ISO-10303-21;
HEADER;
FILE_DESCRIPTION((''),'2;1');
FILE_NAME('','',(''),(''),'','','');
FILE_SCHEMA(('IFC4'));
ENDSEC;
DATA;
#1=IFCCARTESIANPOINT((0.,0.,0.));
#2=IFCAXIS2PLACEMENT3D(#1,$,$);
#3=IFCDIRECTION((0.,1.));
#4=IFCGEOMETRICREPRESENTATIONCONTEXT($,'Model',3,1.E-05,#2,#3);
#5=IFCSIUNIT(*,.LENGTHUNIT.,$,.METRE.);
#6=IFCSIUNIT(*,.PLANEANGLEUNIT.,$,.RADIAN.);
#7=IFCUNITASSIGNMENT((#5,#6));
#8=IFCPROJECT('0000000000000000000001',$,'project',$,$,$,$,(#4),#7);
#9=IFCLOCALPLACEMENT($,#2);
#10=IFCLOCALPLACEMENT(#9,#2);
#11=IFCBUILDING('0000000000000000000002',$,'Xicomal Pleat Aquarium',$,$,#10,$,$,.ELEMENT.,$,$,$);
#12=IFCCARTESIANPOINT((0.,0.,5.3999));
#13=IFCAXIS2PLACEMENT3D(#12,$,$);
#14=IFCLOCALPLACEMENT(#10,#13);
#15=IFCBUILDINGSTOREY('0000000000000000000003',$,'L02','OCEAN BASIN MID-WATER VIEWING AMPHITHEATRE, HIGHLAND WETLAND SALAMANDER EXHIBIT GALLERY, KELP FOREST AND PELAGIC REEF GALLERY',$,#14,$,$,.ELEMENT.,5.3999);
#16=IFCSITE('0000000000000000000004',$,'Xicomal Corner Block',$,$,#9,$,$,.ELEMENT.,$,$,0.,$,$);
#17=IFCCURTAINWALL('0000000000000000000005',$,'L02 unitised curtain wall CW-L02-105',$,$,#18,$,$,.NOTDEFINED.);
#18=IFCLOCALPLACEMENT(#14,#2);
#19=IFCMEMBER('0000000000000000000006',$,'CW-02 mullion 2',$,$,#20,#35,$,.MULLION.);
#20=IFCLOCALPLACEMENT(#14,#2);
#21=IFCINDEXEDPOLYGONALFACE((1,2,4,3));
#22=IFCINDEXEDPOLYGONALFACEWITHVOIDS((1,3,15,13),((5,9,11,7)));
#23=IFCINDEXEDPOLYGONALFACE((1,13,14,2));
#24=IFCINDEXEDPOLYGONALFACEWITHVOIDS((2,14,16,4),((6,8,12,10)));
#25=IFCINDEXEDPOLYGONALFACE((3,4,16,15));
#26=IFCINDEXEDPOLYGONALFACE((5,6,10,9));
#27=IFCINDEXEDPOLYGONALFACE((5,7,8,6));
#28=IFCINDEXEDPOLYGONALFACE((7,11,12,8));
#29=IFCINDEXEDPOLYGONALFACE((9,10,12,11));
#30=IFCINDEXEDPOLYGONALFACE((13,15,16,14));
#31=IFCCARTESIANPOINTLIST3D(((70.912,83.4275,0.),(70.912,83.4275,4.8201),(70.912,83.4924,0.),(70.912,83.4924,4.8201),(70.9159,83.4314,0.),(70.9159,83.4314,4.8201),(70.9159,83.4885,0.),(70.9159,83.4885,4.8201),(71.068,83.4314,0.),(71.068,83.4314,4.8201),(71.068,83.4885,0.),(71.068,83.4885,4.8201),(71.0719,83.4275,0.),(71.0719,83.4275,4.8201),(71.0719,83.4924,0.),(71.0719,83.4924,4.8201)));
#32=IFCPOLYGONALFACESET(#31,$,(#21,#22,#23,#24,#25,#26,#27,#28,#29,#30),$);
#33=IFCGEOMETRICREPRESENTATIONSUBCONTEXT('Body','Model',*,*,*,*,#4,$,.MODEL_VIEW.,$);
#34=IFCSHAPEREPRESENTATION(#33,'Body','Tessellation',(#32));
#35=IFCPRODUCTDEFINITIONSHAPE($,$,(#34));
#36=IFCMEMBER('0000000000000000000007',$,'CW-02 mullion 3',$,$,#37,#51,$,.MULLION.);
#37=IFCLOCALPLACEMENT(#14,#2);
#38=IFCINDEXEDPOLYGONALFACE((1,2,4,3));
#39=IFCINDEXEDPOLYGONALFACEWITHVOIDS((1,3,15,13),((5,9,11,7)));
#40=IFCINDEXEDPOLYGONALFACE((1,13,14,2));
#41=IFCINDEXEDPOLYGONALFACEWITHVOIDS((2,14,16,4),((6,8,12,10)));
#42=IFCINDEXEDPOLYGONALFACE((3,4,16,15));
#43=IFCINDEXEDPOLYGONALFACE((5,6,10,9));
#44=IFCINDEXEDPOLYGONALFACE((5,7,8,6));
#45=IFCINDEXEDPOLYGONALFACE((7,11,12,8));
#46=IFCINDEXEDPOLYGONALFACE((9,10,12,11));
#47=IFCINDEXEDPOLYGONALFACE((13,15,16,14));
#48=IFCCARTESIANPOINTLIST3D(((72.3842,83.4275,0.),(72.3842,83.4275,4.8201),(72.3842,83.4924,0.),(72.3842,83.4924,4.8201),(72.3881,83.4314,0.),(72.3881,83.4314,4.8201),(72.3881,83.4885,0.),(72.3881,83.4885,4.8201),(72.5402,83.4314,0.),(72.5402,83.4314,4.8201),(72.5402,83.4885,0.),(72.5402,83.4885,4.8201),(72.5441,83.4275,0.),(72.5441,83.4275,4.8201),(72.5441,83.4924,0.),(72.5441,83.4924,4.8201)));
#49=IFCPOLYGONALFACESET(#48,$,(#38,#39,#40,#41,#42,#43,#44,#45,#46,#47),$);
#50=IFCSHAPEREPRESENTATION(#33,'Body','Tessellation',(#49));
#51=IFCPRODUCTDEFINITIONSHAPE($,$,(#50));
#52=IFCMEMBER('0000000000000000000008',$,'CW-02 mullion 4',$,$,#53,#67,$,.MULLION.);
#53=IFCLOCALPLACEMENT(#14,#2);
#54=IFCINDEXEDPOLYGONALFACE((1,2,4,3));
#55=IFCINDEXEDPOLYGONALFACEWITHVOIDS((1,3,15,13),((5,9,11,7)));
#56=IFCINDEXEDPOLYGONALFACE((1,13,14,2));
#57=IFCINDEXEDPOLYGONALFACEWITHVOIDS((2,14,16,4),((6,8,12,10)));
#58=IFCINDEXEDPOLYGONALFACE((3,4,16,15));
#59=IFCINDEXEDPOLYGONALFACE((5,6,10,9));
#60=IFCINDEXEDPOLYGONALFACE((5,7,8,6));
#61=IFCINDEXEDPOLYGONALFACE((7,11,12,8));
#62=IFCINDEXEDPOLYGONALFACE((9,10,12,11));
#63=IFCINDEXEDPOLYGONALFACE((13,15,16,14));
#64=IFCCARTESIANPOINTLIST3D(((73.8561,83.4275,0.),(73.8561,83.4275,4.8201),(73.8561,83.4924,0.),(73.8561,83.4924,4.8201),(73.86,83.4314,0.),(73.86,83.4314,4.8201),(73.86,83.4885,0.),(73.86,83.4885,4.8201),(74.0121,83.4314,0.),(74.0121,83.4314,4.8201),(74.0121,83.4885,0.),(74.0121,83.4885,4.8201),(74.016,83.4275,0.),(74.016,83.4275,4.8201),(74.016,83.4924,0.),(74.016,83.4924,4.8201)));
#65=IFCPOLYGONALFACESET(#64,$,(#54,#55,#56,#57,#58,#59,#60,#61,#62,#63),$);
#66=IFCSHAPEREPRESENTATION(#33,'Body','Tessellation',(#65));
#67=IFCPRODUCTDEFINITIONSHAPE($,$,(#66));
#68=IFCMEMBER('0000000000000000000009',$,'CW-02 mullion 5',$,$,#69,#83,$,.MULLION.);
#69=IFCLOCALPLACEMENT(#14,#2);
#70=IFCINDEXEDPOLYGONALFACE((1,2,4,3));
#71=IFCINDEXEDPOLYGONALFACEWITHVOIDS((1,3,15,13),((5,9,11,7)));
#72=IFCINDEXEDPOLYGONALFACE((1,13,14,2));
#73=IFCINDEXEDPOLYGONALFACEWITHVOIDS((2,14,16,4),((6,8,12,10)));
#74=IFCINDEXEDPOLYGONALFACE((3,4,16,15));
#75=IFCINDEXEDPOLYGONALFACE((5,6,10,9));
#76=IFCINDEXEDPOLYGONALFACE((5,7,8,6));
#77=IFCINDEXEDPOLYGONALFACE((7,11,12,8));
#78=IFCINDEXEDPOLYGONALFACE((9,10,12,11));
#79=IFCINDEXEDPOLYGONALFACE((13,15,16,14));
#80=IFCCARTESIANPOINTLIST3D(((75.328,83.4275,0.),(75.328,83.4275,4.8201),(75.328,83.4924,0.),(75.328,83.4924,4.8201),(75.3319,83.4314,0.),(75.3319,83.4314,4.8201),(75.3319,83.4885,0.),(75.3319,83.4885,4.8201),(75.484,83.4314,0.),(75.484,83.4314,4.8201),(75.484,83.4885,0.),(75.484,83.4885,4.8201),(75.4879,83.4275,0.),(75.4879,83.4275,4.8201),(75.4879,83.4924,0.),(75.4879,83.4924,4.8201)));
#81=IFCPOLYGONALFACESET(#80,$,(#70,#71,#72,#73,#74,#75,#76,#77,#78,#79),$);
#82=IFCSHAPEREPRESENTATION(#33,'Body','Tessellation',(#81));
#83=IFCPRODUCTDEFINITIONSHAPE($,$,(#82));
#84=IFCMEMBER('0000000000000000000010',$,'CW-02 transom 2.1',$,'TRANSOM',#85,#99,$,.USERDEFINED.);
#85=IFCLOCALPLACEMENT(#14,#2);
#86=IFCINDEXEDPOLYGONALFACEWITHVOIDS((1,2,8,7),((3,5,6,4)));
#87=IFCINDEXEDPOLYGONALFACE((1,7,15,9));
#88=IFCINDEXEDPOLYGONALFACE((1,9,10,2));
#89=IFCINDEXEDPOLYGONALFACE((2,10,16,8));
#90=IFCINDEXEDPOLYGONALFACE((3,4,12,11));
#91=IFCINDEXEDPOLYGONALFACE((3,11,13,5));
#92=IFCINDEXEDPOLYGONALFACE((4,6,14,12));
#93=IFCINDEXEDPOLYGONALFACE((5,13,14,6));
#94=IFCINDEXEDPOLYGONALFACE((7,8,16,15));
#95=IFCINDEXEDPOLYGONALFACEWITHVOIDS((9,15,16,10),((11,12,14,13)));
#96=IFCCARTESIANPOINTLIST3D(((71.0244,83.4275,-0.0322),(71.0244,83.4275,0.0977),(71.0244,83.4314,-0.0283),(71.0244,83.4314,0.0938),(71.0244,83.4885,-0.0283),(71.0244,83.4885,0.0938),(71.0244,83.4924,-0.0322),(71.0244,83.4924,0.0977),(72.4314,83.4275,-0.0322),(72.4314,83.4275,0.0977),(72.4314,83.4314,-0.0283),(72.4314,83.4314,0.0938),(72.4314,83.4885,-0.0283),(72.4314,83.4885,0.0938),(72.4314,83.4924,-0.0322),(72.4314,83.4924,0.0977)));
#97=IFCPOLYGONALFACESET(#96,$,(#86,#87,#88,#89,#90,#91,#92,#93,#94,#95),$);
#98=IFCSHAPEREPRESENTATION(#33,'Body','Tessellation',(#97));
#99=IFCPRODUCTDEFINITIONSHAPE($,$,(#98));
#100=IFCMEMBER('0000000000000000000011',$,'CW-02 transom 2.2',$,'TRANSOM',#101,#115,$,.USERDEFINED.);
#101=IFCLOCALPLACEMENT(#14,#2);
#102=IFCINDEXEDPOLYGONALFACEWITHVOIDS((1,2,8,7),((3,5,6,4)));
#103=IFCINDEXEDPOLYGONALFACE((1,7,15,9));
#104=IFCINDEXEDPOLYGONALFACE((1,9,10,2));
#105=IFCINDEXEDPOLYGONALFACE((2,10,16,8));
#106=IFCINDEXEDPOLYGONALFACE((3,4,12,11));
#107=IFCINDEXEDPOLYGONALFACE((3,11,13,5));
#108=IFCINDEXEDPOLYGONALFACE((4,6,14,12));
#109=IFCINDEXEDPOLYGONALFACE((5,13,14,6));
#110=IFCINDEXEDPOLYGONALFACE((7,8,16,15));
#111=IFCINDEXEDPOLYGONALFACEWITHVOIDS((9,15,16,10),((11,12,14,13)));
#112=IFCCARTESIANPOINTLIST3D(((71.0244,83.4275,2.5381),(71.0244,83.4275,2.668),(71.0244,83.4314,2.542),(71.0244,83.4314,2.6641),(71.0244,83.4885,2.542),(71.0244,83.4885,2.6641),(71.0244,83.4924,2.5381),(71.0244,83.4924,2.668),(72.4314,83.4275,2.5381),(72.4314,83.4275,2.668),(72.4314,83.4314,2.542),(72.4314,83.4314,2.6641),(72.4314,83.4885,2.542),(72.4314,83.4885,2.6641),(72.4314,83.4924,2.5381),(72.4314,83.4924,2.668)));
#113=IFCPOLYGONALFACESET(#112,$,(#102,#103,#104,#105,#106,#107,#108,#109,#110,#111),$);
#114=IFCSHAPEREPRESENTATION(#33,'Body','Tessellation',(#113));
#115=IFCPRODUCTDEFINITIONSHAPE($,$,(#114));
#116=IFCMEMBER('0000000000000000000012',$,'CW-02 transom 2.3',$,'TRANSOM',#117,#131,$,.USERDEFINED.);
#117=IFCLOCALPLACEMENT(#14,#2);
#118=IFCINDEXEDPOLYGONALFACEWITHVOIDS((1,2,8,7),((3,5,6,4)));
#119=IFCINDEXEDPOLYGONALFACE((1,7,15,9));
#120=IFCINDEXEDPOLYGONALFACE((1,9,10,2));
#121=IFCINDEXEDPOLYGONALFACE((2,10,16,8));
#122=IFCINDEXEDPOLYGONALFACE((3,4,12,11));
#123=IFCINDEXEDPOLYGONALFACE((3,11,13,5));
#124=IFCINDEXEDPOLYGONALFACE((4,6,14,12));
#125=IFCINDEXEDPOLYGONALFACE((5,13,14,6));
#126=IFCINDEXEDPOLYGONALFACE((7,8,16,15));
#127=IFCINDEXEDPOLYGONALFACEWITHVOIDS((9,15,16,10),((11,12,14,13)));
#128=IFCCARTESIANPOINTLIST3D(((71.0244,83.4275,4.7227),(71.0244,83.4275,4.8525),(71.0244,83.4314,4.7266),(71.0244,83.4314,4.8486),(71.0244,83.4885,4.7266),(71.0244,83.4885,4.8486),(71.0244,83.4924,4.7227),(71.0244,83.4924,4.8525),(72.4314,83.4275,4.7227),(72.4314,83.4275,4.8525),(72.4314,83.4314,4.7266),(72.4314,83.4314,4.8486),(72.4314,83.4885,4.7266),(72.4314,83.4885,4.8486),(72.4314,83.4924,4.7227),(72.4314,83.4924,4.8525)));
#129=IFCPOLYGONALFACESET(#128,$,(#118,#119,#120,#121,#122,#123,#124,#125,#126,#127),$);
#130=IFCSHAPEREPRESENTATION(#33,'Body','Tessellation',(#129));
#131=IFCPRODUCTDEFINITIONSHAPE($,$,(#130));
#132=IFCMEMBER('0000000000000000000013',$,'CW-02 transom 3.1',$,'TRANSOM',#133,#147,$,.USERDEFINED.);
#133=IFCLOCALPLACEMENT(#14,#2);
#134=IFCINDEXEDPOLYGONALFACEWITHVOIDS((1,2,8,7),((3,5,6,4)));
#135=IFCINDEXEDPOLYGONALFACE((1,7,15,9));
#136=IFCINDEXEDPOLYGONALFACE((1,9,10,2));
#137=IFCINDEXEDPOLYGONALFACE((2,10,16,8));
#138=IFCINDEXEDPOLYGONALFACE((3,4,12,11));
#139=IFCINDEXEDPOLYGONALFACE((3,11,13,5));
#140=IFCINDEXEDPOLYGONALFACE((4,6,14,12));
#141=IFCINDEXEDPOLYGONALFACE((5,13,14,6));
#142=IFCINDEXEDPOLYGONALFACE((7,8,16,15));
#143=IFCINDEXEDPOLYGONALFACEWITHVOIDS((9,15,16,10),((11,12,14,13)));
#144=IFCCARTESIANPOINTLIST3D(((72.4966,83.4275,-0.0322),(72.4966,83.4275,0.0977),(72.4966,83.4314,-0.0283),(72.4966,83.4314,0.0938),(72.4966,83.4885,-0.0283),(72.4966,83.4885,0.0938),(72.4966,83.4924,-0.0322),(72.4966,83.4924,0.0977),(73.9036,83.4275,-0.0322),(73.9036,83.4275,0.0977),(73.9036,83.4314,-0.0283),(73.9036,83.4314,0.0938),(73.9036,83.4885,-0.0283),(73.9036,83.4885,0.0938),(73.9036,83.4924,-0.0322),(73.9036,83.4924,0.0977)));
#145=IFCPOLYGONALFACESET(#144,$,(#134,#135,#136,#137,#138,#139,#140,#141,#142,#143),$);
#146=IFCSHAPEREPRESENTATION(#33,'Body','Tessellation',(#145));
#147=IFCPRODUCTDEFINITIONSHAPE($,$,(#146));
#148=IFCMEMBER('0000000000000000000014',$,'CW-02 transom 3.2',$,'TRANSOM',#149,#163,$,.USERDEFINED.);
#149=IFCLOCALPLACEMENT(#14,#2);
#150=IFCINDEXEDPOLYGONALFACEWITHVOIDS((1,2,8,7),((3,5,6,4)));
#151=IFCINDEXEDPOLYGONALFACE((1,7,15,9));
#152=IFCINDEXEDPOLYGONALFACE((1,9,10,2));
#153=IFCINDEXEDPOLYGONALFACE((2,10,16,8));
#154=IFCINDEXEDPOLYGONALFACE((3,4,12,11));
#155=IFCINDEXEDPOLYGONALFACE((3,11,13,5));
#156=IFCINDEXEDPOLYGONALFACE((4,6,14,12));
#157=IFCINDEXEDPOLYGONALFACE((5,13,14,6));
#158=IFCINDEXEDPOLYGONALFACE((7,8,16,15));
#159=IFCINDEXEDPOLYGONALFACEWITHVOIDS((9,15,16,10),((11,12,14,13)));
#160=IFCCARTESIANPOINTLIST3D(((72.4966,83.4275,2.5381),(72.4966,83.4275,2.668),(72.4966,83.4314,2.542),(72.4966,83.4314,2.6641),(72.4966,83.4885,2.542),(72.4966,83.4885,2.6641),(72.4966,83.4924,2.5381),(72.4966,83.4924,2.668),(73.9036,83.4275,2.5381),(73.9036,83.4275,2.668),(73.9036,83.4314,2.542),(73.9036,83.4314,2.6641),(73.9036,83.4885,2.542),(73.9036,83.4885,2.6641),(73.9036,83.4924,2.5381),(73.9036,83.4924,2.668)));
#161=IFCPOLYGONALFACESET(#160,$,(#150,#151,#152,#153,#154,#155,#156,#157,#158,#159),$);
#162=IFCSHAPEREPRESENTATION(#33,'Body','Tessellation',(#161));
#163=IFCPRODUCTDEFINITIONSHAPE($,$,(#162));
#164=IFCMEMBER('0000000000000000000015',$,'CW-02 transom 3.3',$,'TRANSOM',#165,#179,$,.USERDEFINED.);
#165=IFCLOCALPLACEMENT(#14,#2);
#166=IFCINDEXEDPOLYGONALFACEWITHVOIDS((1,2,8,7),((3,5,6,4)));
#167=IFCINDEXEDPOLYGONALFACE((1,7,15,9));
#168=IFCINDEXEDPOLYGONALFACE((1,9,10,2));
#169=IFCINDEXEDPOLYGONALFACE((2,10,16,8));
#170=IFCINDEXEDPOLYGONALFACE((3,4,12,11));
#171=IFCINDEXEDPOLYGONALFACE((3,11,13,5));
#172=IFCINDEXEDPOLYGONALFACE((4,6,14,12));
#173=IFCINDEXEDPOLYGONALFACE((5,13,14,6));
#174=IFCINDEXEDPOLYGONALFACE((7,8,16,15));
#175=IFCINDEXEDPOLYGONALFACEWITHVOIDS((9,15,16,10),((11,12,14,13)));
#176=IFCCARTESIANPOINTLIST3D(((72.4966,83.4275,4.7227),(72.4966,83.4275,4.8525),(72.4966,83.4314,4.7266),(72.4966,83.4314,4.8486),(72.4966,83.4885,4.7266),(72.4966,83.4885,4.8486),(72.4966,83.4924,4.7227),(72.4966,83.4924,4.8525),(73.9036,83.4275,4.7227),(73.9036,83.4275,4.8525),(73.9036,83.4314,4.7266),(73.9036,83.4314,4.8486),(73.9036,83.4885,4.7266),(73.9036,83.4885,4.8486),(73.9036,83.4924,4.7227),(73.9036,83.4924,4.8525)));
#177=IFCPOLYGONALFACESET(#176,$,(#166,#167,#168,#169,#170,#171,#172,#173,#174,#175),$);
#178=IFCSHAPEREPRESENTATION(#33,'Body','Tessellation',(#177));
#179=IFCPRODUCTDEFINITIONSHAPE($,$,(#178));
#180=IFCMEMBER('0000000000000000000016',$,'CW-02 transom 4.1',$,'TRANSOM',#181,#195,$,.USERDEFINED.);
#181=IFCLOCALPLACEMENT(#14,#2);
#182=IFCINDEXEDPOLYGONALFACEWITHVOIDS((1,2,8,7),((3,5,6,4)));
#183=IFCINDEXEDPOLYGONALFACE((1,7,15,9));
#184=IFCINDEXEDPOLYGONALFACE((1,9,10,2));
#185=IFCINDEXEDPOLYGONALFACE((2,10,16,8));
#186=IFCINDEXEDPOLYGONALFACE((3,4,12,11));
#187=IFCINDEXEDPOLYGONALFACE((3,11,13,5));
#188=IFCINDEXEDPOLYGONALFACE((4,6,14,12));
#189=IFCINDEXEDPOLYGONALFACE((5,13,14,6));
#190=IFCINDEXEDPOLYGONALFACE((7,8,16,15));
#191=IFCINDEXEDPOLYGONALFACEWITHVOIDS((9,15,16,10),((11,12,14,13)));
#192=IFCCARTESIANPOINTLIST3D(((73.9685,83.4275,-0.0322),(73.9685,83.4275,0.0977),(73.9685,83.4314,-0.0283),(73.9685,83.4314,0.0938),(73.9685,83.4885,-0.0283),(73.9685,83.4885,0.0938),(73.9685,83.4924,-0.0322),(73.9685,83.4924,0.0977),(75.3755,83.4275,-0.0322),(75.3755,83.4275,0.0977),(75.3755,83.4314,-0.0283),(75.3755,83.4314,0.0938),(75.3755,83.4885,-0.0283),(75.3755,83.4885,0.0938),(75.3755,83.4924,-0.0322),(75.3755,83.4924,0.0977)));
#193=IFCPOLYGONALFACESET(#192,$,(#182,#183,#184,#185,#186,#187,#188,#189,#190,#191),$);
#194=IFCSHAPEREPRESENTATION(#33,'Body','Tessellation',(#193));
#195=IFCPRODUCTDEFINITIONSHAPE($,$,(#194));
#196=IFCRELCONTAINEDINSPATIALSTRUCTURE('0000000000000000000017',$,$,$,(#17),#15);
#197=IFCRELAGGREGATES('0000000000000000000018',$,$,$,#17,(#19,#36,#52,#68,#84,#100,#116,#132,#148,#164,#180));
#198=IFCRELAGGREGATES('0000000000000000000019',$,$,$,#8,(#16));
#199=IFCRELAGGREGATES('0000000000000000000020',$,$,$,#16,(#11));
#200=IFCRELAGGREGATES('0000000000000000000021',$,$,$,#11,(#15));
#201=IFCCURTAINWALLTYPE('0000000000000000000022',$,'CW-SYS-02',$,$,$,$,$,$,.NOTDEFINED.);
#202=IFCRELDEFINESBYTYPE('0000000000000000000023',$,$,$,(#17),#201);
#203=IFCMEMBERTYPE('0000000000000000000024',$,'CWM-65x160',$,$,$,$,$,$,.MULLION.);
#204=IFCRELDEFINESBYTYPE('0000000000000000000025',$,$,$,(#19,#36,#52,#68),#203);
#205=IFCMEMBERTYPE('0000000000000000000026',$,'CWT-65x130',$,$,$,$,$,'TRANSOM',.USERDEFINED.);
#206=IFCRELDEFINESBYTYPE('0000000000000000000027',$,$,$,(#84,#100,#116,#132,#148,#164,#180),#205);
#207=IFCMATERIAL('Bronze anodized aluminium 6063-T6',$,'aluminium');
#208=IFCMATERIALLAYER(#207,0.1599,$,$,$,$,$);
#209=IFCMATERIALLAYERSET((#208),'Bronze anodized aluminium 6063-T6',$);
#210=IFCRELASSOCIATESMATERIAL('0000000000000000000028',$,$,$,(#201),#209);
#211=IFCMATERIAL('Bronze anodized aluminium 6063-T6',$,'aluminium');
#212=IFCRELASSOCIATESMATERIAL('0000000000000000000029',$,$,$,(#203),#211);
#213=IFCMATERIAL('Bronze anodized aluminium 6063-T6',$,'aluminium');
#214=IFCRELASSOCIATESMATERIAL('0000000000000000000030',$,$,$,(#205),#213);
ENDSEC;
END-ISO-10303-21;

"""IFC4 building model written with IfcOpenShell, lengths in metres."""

from ifc_helpers import new_model, si_unit, direction, frame, origin, origin_2d, place, context, subcontext, project, spatial, hollow_rectangle, extrude, material, layer, layer_set, material_profile, profile_set, type_object, element, aggregate, save


model = new_model("IFC4")

# Units and contexts
model_context = context("Model", 3, precision=1e-05, world=origin(), true_north=direction((0.0, 1.0)))
body_context = subcontext(model_context, "Body", "Model", "MODEL_VIEW")
ifc_project = project(units=[si_unit("LENGTHUNIT", "METRE"), si_unit("PLANEANGLEUNIT", "RADIAN")], contexts=[model_context])

# Site, building, storey
site_placement = place(None, origin())
site = spatial("IfcSite", under=ifc_project, at=site_placement, Name="Xicomal Corner Block", CompositionType="ELEMENT", RefElevation=0.0)
building_placement = place(site_placement, origin())
building = spatial("IfcBuilding", under=site, at=building_placement, Name="Xicomal Pleat Aquarium", CompositionType="ELEMENT")
storey_placement = place(building_placement, frame((0.0, 0.0, 5.3999)))
storey = spatial("IfcBuildingStorey", under=building, at=storey_placement, Name="L02", Description="OCEAN BASIN MID-WATER VIEWING AMPHITHEATRE, HIGHLAND WETLAND SALAMANDER EXHIBIT GALLERY, KELP FOREST AND PELAGIC REEF GALLERY", CompositionType="ELEMENT", Elevation=5.3999)

# Curtain wall, members
ifc_material_1 = material(Name="Bronze anodized aluminium 6063-T6", Category="aluminium")
ifc_layer_1 = layer(ifc_material_1, 0.1599)
ifc_layer_set_1 = layer_set([ifc_layer_1], Name="Bronze anodized aluminium 6063-T6")
curtain_wall_type = type_object("IfcCurtainWallType", Name="CW-SYS-02", PredefinedType="NOTDEFINED", material=ifc_layer_set_1)
curtain_wall_placement = place(storey_placement, origin())
curtain_wall = element("IfcCurtainWall", 1, at=curtain_wall_placement, inside=storey, type_object=curtain_wall_type, Name="L02 unitised curtain wall CW-L02-105", PredefinedType="NOTDEFINED")
ifc_material_2 = material(Name="Bronze anodized aluminium 6063-T6", Category="aluminium")
ifc_material_profile_1 = material_profile(ifc_material_2, hollow_rectangle(XDim=0.0649, YDim=0.1599, WallThickness=0.0039, at=origin_2d()), Name="ALU MULL 65x160")
ifc_profile_set_1 = profile_set([ifc_material_profile_1], Name="Bronze anodized aluminium 6063-T6")
member_type_1 = type_object("IfcMemberType", Name="CWM-65x160", PredefinedType="MULLION", material=ifc_profile_set_1)
member_1_placement = place(storey_placement, frame((70.9919, 83.46, 0.0), z_axis=(0.0, 0.0, 1.0), x_axis=(0.0, 1.0, 0.0)))
member_1 = element("IfcMember", 2, at=member_1_placement, type_object=member_type_1, Name="CW-02 mullion 2", PredefinedType="MULLION", context=body_context, shape_type="SweptSolid", body=[
    extrude(hollow_rectangle(XDim=0.0649, YDim=0.1599, WallThickness=0.0039, at=origin_2d()), origin(), (0.0, 0.0, 1.0), 4.8201),
])
member_2_placement = place(storey_placement, frame((72.4641, 83.46, 0.0), z_axis=(0.0, 0.0, 1.0), x_axis=(0.0, 1.0, 0.0)))
member_2 = element("IfcMember", 3, at=member_2_placement, type_object=member_type_1, Name="CW-02 mullion 3", PredefinedType="MULLION", context=body_context, shape_type="SweptSolid", body=[
    extrude(hollow_rectangle(XDim=0.0649, YDim=0.1599, WallThickness=0.0039, at=origin_2d()), origin(), (0.0, 0.0, 1.0), 4.8201),
])
member_3_placement = place(storey_placement, frame((73.936, 83.46, 0.0), z_axis=(0.0, 0.0, 1.0), x_axis=(0.0, 1.0, 0.0)))
member_3 = element("IfcMember", 4, at=member_3_placement, type_object=member_type_1, Name="CW-02 mullion 4", PredefinedType="MULLION", context=body_context, shape_type="SweptSolid", body=[
    extrude(hollow_rectangle(XDim=0.0649, YDim=0.1599, WallThickness=0.0039, at=origin_2d()), origin(), (0.0, 0.0, 1.0), 4.8201),
])
member_4_placement = place(storey_placement, frame((75.408, 83.46, 0.0), z_axis=(0.0, 0.0, 1.0), x_axis=(0.0, 1.0, 0.0)))
member_4 = element("IfcMember", 5, at=member_4_placement, type_object=member_type_1, Name="CW-02 mullion 5", PredefinedType="MULLION", context=body_context, shape_type="SweptSolid", body=[
    extrude(hollow_rectangle(XDim=0.0649, YDim=0.1599, WallThickness=0.0039, at=origin_2d()), origin(), (0.0, 0.0, 1.0), 4.8201),
])
ifc_material_3 = material(Name="Bronze anodized aluminium 6063-T6", Category="aluminium")
ifc_material_profile_2 = material_profile(ifc_material_3, hollow_rectangle(XDim=0.0649, YDim=0.1299, WallThickness=0.0039, at=origin_2d()), Name="ALU TRAN 65x130")
ifc_profile_set_2 = profile_set([ifc_material_profile_2], Name="Bronze anodized aluminium 6063-T6")
member_type_2 = type_object("IfcMemberType", Name="CWT-65x130", ElementType="TRANSOM", PredefinedType="USERDEFINED", material=ifc_profile_set_2)
member_5_placement = place(storey_placement, frame((71.0244, 83.46, 0.0327), z_axis=(1.0, 0.0, 0.0), x_axis=(0.0, 1.0, 0.0)))
member_5 = element("IfcMember", 6, at=member_5_placement, type_object=member_type_2, Name="CW-02 transom 2.1", ObjectType="TRANSOM", PredefinedType="USERDEFINED", context=body_context, shape_type="SweptSolid", body=[
    extrude(hollow_rectangle(XDim=0.0649, YDim=0.1299, WallThickness=0.0039, at=origin_2d()), origin(), (0.0, 0.0, 1.0), 1.407),
])
member_6_placement = place(storey_placement, frame((71.0244, 83.46, 2.603), z_axis=(1.0, 0.0, 0.0), x_axis=(0.0, 1.0, 0.0)))
member_6 = element("IfcMember", 7, at=member_6_placement, type_object=member_type_2, Name="CW-02 transom 2.2", ObjectType="TRANSOM", PredefinedType="USERDEFINED", context=body_context, shape_type="SweptSolid", body=[
    extrude(hollow_rectangle(XDim=0.0649, YDim=0.1299, WallThickness=0.0039, at=origin_2d()), origin(), (0.0, 0.0, 1.0), 1.407),
])
member_7_placement = place(storey_placement, frame((71.0244, 83.46, 4.7876), z_axis=(1.0, 0.0, 0.0), x_axis=(0.0, 1.0, 0.0)))
member_7 = element("IfcMember", 8, at=member_7_placement, type_object=member_type_2, Name="CW-02 transom 2.3", ObjectType="TRANSOM", PredefinedType="USERDEFINED", context=body_context, shape_type="SweptSolid", body=[
    extrude(hollow_rectangle(XDim=0.0649, YDim=0.1299, WallThickness=0.0039, at=origin_2d()), origin(), (0.0, 0.0, 1.0), 1.407),
])
member_8_placement = place(storey_placement, frame((72.4966, 83.46, 0.0327), z_axis=(1.0, 0.0, 0.0), x_axis=(0.0, 1.0, 0.0)))
member_8 = element("IfcMember", 9, at=member_8_placement, type_object=member_type_2, Name="CW-02 transom 3.1", ObjectType="TRANSOM", PredefinedType="USERDEFINED", context=body_context, shape_type="SweptSolid", body=[
    extrude(hollow_rectangle(XDim=0.0649, YDim=0.1299, WallThickness=0.0039, at=origin_2d()), origin(), (0.0, 0.0, 1.0), 1.407),
])
member_9_placement = place(storey_placement, frame((72.4966, 83.46, 2.603), z_axis=(1.0, 0.0, 0.0), x_axis=(0.0, 1.0, 0.0)))
member_9 = element("IfcMember", 10, at=member_9_placement, type_object=member_type_2, Name="CW-02 transom 3.2", ObjectType="TRANSOM", PredefinedType="USERDEFINED", context=body_context, shape_type="SweptSolid", body=[
    extrude(hollow_rectangle(XDim=0.0649, YDim=0.1299, WallThickness=0.0039, at=origin_2d()), origin(), (0.0, 0.0, 1.0), 1.407),
])
member_10_placement = place(storey_placement, frame((72.4966, 83.46, 4.7876), z_axis=(1.0, 0.0, 0.0), x_axis=(0.0, 1.0, 0.0)))
member_10 = element("IfcMember", 11, at=member_10_placement, type_object=member_type_2, Name="CW-02 transom 3.3", ObjectType="TRANSOM", PredefinedType="USERDEFINED", context=body_context, shape_type="SweptSolid", body=[
    extrude(hollow_rectangle(XDim=0.0649, YDim=0.1299, WallThickness=0.0039, at=origin_2d()), origin(), (0.0, 0.0, 1.0), 1.407),
])
member_11_placement = place(storey_placement, frame((73.9685, 83.46, 0.0327), z_axis=(1.0, 0.0, 0.0), x_axis=(0.0, 1.0, 0.0)))
member_11 = element("IfcMember", 12, at=member_11_placement, type_object=member_type_2, Name="CW-02 transom 4.1", ObjectType="TRANSOM", PredefinedType="USERDEFINED", context=body_context, shape_type="SweptSolid", body=[
    extrude(hollow_rectangle(XDim=0.0649, YDim=0.1299, WallThickness=0.0039, at=origin_2d()), origin(), (0.0, 0.0, 1.0), 1.407),
])
aggregate(curtain_wall, [member_1, member_2, member_3, member_4, member_5, member_6, member_7, member_8, member_9, member_10, member_11])

save(model, "model.ifc")
